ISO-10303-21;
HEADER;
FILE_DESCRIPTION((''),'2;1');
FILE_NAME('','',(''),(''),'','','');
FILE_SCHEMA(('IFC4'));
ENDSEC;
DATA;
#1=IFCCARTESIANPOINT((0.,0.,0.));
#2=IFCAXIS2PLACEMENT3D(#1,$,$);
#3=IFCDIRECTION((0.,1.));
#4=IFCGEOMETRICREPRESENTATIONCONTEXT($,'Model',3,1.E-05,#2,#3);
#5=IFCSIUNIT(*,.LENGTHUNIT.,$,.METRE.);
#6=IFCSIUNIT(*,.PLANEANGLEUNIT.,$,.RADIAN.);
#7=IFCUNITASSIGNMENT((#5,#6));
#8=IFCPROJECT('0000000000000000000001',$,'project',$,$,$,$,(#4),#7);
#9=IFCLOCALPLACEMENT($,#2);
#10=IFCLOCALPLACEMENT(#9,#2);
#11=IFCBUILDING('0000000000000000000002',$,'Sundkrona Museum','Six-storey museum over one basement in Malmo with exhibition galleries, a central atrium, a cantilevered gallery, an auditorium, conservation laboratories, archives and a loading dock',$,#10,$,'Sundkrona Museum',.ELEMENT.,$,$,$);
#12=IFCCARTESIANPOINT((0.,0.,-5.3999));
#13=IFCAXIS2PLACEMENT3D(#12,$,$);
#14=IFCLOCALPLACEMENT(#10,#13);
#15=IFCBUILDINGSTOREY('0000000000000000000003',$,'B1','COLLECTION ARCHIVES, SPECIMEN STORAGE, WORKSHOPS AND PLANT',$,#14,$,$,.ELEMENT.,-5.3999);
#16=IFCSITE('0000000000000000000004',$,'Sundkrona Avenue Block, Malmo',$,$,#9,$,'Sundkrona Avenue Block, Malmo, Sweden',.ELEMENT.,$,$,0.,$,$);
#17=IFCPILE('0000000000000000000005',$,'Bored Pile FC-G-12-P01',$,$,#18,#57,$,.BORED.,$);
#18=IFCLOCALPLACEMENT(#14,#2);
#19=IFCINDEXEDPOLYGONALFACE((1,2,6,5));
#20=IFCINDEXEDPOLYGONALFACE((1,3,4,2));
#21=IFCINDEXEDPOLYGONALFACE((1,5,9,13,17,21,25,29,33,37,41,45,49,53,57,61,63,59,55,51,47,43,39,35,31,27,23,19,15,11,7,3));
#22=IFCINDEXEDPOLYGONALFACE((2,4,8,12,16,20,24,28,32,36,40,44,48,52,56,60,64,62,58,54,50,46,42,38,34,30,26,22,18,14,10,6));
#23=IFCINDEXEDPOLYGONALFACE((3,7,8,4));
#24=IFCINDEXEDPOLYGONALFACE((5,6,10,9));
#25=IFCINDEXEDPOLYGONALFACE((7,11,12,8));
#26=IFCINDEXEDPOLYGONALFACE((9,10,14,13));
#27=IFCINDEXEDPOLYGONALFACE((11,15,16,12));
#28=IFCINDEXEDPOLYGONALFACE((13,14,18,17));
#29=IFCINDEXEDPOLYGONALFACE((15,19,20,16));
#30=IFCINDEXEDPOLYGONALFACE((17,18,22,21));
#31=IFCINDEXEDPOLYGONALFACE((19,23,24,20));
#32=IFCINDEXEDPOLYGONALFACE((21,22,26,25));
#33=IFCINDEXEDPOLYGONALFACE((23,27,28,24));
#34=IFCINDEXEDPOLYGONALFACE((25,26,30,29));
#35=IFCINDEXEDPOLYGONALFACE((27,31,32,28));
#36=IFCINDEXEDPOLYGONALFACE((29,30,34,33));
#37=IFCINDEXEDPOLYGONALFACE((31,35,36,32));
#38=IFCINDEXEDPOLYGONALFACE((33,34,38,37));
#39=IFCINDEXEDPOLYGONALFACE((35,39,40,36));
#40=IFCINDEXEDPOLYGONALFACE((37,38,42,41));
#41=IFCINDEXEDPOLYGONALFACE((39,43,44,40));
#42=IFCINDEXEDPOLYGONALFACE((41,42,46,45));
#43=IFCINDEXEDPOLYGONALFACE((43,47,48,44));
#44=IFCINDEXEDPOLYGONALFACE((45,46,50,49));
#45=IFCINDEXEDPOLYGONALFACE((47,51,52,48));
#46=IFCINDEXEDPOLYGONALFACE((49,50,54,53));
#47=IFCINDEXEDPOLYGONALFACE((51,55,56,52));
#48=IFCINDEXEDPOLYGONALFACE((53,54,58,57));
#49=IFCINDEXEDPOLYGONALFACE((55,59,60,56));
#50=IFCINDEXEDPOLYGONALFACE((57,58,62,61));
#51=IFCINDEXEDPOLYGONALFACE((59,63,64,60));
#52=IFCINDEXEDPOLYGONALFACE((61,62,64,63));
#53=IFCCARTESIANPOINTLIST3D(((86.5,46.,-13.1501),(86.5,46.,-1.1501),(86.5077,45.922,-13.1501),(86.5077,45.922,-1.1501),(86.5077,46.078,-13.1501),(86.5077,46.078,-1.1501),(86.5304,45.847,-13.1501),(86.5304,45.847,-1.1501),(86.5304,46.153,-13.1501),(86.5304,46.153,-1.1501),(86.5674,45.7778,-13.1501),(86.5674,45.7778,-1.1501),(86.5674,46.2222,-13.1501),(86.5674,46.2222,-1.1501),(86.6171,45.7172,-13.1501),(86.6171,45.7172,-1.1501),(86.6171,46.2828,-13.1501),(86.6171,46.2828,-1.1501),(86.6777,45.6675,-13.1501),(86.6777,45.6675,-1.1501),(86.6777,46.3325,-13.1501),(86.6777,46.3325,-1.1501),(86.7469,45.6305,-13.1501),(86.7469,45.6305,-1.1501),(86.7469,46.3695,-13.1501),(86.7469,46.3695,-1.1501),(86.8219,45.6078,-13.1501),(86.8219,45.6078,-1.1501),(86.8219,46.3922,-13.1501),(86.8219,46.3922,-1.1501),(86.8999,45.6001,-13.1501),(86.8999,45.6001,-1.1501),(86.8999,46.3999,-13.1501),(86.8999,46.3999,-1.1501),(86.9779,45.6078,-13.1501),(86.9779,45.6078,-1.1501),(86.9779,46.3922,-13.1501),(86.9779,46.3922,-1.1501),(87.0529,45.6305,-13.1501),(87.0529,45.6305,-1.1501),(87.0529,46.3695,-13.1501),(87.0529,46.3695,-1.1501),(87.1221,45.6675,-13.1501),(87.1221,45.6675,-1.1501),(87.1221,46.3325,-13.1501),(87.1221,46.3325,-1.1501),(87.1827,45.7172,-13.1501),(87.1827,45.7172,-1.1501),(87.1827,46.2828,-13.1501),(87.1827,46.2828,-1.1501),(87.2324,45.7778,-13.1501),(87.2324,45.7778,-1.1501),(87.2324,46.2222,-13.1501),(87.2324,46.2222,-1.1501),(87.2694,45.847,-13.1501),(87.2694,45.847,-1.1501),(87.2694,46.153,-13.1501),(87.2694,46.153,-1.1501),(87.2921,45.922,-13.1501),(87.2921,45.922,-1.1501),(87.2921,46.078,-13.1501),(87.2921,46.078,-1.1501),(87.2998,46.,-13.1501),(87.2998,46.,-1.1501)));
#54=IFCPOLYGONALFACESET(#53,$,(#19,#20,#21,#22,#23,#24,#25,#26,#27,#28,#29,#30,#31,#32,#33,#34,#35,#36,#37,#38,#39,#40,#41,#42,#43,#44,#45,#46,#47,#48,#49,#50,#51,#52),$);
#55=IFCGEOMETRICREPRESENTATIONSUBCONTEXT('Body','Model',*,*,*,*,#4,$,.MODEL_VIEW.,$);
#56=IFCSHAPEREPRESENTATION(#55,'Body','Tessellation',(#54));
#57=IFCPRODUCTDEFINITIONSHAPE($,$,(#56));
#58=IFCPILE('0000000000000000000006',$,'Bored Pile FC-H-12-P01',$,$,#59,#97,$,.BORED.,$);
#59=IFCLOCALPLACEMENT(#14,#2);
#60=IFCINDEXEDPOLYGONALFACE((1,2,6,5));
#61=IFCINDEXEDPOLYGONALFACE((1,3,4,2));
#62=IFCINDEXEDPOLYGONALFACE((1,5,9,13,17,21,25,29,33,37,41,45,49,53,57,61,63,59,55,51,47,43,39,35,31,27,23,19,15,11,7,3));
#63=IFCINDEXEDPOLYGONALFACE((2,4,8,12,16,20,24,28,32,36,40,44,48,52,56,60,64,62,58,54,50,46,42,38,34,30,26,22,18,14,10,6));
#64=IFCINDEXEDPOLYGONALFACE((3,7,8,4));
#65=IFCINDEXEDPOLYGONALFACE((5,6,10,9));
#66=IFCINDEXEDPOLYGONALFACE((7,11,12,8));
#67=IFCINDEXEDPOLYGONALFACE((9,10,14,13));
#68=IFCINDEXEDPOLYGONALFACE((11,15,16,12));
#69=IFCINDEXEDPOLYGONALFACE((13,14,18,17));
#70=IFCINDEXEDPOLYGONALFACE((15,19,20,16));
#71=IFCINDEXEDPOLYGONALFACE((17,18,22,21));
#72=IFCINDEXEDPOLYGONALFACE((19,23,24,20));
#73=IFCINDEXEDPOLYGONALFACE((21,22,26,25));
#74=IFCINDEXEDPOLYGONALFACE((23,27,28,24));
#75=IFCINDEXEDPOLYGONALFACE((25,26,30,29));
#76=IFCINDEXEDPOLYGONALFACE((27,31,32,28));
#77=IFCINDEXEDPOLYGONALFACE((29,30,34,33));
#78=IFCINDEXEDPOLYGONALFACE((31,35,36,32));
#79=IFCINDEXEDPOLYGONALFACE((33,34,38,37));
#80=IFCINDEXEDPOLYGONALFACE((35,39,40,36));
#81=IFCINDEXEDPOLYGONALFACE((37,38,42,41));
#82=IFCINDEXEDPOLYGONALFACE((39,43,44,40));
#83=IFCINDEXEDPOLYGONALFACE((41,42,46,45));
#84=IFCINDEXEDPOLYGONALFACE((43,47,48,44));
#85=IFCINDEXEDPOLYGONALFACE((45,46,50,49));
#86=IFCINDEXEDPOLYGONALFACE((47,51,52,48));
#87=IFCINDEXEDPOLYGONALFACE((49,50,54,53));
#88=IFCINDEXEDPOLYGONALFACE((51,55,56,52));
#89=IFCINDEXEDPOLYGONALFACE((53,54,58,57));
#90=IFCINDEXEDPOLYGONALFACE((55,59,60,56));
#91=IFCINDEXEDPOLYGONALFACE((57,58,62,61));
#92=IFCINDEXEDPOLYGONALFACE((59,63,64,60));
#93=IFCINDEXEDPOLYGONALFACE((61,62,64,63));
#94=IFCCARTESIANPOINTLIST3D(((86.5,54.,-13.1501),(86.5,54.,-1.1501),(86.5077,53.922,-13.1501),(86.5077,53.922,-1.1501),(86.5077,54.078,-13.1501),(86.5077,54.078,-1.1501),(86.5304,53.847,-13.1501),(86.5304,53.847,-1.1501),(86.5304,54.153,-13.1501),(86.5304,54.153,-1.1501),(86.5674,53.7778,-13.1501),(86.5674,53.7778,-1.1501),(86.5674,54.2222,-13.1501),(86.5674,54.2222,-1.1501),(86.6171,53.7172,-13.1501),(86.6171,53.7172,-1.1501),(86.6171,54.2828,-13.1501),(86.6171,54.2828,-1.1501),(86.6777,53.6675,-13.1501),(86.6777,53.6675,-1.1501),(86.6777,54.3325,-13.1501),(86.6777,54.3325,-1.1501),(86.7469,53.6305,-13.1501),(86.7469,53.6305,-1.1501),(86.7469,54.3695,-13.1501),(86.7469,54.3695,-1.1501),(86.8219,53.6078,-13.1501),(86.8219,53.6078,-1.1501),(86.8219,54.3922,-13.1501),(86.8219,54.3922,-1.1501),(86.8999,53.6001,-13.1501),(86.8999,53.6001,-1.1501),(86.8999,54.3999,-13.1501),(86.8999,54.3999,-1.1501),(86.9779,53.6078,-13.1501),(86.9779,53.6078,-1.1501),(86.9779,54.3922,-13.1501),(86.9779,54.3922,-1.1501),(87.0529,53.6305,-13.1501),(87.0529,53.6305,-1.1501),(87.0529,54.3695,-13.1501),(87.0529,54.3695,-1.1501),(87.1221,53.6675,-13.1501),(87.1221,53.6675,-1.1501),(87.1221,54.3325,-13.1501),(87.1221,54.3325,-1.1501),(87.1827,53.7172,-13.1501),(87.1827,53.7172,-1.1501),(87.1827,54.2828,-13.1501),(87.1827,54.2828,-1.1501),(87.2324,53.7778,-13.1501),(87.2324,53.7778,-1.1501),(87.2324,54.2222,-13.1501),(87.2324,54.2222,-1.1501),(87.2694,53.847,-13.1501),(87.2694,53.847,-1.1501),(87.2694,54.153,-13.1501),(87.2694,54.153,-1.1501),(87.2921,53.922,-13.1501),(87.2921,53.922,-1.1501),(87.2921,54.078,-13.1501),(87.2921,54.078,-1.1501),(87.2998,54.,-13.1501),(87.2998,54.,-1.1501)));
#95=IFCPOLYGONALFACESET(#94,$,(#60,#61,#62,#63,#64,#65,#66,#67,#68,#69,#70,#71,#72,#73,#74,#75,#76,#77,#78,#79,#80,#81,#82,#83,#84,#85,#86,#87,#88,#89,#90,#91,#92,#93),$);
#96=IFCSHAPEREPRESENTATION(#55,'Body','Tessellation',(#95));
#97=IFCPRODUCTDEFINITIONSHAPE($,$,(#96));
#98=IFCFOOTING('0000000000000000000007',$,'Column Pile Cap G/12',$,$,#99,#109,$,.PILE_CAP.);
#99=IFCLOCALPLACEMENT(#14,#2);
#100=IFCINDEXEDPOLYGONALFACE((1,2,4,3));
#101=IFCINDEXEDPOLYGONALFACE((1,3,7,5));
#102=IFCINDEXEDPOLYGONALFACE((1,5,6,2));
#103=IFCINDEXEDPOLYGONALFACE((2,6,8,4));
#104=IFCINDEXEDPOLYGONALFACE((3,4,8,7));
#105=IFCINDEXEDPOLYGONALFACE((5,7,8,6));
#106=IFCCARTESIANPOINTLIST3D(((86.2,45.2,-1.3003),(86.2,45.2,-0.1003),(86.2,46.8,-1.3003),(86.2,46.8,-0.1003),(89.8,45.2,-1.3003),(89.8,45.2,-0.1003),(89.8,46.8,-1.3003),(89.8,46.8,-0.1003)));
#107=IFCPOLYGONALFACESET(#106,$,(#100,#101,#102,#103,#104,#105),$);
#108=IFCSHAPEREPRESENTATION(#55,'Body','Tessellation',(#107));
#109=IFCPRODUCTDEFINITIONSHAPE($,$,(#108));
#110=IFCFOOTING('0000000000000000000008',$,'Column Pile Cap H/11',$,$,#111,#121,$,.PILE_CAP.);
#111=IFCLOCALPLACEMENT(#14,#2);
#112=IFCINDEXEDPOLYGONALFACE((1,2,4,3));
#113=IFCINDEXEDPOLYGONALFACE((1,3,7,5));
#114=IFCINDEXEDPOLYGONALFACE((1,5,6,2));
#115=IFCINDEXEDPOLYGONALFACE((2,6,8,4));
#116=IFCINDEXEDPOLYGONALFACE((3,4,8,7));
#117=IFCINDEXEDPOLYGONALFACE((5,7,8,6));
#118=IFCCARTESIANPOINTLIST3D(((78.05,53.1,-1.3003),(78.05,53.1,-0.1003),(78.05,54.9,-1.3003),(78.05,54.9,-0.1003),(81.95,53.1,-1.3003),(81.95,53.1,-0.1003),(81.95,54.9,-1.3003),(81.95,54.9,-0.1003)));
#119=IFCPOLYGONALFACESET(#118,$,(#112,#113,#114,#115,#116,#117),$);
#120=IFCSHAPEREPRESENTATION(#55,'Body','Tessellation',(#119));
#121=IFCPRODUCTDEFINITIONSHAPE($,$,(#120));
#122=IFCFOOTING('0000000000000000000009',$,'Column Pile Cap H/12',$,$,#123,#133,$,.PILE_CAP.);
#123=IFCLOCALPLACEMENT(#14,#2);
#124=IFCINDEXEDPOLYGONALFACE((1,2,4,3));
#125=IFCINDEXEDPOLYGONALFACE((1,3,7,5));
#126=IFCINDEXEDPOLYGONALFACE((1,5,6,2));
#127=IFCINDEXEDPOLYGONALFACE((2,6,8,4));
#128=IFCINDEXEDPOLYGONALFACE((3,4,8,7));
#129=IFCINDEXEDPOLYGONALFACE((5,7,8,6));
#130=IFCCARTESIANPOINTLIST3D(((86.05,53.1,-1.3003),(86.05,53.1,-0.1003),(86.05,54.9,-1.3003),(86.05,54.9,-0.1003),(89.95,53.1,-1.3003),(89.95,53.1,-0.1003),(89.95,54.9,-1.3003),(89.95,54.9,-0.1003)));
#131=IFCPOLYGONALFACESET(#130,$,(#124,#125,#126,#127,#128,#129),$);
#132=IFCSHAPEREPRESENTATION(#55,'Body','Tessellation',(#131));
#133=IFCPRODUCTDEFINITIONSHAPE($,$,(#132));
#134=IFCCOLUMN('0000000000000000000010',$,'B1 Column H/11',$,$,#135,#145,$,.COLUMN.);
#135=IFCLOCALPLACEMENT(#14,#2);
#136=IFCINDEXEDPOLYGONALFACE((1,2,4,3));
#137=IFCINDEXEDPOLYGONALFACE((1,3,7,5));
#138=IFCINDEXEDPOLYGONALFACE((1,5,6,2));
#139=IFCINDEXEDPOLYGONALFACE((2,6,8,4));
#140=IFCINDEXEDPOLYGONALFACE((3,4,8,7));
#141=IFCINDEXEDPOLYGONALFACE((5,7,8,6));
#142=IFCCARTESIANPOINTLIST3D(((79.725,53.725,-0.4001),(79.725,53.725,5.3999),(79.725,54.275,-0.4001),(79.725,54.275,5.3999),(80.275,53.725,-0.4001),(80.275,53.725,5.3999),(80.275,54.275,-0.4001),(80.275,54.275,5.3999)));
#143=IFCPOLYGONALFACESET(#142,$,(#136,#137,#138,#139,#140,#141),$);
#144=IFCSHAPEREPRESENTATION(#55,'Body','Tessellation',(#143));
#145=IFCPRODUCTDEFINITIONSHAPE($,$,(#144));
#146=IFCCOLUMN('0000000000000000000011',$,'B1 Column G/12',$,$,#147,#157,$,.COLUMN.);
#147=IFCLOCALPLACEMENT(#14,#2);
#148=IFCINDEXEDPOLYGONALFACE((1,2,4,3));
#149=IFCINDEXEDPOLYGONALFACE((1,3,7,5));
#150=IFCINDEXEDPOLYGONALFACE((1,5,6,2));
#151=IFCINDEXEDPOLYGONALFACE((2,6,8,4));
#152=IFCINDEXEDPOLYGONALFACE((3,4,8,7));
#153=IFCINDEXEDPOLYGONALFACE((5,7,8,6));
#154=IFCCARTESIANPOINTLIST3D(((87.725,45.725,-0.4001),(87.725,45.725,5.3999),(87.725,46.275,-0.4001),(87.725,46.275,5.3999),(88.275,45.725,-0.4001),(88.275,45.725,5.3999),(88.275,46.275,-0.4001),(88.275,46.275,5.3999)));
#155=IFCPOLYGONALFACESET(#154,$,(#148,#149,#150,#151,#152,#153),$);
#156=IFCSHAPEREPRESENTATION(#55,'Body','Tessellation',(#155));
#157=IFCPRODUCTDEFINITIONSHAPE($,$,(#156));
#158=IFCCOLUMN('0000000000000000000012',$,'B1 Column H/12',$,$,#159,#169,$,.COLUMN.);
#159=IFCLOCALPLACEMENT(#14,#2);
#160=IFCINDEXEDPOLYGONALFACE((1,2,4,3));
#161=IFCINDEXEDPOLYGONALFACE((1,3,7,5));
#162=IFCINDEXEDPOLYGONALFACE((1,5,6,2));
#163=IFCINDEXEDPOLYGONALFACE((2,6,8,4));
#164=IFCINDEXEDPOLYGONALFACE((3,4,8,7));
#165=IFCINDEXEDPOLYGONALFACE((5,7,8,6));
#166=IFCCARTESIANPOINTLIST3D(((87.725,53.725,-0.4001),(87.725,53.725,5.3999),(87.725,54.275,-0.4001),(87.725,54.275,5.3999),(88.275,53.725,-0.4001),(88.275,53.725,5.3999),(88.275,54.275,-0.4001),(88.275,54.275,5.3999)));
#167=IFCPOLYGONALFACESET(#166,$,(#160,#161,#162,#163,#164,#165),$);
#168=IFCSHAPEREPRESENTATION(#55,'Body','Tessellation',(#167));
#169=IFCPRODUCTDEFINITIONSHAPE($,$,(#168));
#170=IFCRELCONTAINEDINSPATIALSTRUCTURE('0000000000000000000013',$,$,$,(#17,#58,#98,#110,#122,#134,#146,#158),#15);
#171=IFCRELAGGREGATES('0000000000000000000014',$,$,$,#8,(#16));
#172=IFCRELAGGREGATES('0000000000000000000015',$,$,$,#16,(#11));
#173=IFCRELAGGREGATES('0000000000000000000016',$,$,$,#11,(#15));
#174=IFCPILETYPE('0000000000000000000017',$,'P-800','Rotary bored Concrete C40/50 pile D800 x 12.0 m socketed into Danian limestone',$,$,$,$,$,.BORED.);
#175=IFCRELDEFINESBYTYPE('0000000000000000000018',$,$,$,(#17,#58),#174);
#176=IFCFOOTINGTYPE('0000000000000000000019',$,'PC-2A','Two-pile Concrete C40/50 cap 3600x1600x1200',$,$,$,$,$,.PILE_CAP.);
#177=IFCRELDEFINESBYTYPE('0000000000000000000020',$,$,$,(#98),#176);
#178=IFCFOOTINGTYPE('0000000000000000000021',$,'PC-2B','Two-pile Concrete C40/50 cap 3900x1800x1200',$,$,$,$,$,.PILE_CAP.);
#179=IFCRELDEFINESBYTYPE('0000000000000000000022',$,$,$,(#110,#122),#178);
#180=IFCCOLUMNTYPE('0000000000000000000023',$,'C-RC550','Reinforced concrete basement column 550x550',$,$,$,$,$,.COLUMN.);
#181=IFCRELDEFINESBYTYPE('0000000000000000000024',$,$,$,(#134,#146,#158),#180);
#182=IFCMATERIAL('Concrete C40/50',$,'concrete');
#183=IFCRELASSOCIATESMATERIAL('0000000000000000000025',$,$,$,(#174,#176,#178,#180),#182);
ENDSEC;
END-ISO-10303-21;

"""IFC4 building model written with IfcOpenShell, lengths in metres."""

from ifc_helpers import new_model, si_unit, direction, frame, origin, origin_2d, place, context, subcontext, project, spatial, rectangle, circle, extrude, material, material_profile, profile_set, type_object, element, save


model = new_model("IFC4")

# Units and contexts
model_context = context("Model", 3, precision=1e-05, world=origin(), true_north=direction((0.0, 1.0)))
body_context = subcontext(model_context, "Body", "Model", "MODEL_VIEW")
ifc_project = project(units=[si_unit("LENGTHUNIT", "METRE"), si_unit("PLANEANGLEUNIT", "RADIAN")], contexts=[model_context])

# Site, building, storey
site_placement = place(None, origin())
site = spatial("IfcSite", under=ifc_project, at=site_placement, Name="Sundkrona Avenue Block, Malmo", LongName="Sundkrona Avenue Block, Malmo, Sweden", CompositionType="ELEMENT", RefElevation=0.0)
building_placement = place(site_placement, origin())
building = spatial("IfcBuilding", under=site, at=building_placement, Name="Sundkrona Museum", Description="Six-storey museum over one basement in Malmo with exhibition galleries, a central atrium, a cantilevered gallery, an auditorium, conservation laboratories, archives and a loading dock", LongName="Sundkrona Museum", CompositionType="ELEMENT")
storey_placement = place(building_placement, frame((0.0, 0.0, -5.3999)))
storey = spatial("IfcBuildingStorey", under=building, at=storey_placement, Name="B1", Description="COLLECTION ARCHIVES, SPECIMEN STORAGE, WORKSHOPS AND PLANT", CompositionType="ELEMENT", Elevation=-5.3999)

# Shared definitions
ifc_material_1 = material(Name="Concrete C40/50", Category="concrete")

# Piles
ifc_material_profile_1 = material_profile(ifc_material_1, circle(Radius=0.3999, at=origin_2d()), Name="PILE D800")
ifc_profile_set_1 = profile_set([ifc_material_profile_1], Name="Concrete C40/50")
pile_type = type_object("IfcPileType", Name="P-800", Description="Rotary bored Concrete C40/50 pile D800 x 12.0 m socketed into Danian limestone", PredefinedType="BORED", material=ifc_profile_set_1)
for number, where, z_axis, x_axis, name in (
    (1, (86.8999, 46.0, -1.1501), (0.0, 0.0, -1.0), (1.0, 0.0, 0.0), "Bored Pile FC-G-12-P01"),
    (2, (86.8999, 54.0, -1.1501), (0.0, 0.0, -1.0), (1.0, 0.0, 0.0), "Bored Pile FC-H-12-P01"),
):
    element("IfcPile", number, at=place(storey_placement, frame(where, z_axis=z_axis, x_axis=x_axis)), inside=storey, type_object=pile_type, Name=name, PredefinedType="BORED", context=body_context, shape_type="SweptSolid", body=[
        extrude(circle(Radius=0.3999, at=origin_2d()), origin(), (0.0, 0.0, 1.0), 12.0),
    ])

# Footings
footing_type_1 = type_object("IfcFootingType", Name="PC-2A", Description="Two-pile Concrete C40/50 cap 3600x1600x1200", PredefinedType="PILE_CAP", material=ifc_material_1)
footing_1_placement = place(storey_placement, frame((88.0, 46.0, -1.3003), z_axis=(0.0, 0.0, 1.0), x_axis=(1.0, 0.0, 0.0)))
element("IfcFooting", 3, at=footing_1_placement, inside=storey, type_object=footing_type_1, Name="Column Pile Cap G/12", PredefinedType="PILE_CAP", context=body_context, shape_type="SweptSolid", body=[
    extrude(rectangle(XDim=3.6001, YDim=1.6001, at=origin_2d()), origin(), (0.0, 0.0, 1.0), 1.2),
])
footing_type_2 = type_object("IfcFootingType", Name="PC-2B", Description="Two-pile Concrete C40/50 cap 3900x1800x1200", PredefinedType="PILE_CAP", material=ifc_material_1)
for number, where, z_axis, x_axis, name in (
    (4, (80.0, 54.0, -1.3003), (0.0, 0.0, 1.0), (1.0, 0.0, 0.0), "Column Pile Cap H/11"),
    (5, (88.0, 54.0, -1.3003), (0.0, 0.0, 1.0), (1.0, 0.0, 0.0), "Column Pile Cap H/12"),
):
    element("IfcFooting", number, at=place(storey_placement, frame(where, z_axis=z_axis, x_axis=x_axis)), inside=storey, type_object=footing_type_2, Name=name, PredefinedType="PILE_CAP", context=body_context, shape_type="SweptSolid", body=[
        extrude(rectangle(XDim=3.8999, YDim=1.8, at=origin_2d()), origin(), (0.0, 0.0, 1.0), 1.2),
    ])

# Columns
ifc_material_profile_2 = material_profile(ifc_material_1, rectangle(XDim=0.55, YDim=0.55, at=origin_2d()), Name="RC 550x550")
ifc_profile_set_2 = profile_set([ifc_material_profile_2], Name="Concrete C40/50")
column_type = type_object("IfcColumnType", Name="C-RC550", Description="Reinforced concrete basement column 550x550", PredefinedType="COLUMN", material=ifc_profile_set_2)
for number, where, z_axis, x_axis, name in (
    (6, (80.0, 54.0, -0.4001), (0.0, 0.0, 1.0), (1.0, 0.0, 0.0), "B1 Column H/11"),
    (7, (88.0, 46.0, -0.4001), (0.0, 0.0, 1.0), (1.0, 0.0, 0.0), "B1 Column G/12"),
    (8, (88.0, 54.0, -0.4001), (0.0, 0.0, 1.0), (1.0, 0.0, 0.0), "B1 Column H/12"),
):
    element("IfcColumn", number, at=place(storey_placement, frame(where, z_axis=z_axis, x_axis=x_axis)), inside=storey, type_object=column_type, Name=name, PredefinedType="COLUMN", context=body_context, shape_type="SweptSolid", body=[
        extrude(rectangle(XDim=0.55, YDim=0.55, at=origin_2d()), origin(), (0.0, 0.0, 1.0), 5.8),
    ])

save(model, "model.ifc")
